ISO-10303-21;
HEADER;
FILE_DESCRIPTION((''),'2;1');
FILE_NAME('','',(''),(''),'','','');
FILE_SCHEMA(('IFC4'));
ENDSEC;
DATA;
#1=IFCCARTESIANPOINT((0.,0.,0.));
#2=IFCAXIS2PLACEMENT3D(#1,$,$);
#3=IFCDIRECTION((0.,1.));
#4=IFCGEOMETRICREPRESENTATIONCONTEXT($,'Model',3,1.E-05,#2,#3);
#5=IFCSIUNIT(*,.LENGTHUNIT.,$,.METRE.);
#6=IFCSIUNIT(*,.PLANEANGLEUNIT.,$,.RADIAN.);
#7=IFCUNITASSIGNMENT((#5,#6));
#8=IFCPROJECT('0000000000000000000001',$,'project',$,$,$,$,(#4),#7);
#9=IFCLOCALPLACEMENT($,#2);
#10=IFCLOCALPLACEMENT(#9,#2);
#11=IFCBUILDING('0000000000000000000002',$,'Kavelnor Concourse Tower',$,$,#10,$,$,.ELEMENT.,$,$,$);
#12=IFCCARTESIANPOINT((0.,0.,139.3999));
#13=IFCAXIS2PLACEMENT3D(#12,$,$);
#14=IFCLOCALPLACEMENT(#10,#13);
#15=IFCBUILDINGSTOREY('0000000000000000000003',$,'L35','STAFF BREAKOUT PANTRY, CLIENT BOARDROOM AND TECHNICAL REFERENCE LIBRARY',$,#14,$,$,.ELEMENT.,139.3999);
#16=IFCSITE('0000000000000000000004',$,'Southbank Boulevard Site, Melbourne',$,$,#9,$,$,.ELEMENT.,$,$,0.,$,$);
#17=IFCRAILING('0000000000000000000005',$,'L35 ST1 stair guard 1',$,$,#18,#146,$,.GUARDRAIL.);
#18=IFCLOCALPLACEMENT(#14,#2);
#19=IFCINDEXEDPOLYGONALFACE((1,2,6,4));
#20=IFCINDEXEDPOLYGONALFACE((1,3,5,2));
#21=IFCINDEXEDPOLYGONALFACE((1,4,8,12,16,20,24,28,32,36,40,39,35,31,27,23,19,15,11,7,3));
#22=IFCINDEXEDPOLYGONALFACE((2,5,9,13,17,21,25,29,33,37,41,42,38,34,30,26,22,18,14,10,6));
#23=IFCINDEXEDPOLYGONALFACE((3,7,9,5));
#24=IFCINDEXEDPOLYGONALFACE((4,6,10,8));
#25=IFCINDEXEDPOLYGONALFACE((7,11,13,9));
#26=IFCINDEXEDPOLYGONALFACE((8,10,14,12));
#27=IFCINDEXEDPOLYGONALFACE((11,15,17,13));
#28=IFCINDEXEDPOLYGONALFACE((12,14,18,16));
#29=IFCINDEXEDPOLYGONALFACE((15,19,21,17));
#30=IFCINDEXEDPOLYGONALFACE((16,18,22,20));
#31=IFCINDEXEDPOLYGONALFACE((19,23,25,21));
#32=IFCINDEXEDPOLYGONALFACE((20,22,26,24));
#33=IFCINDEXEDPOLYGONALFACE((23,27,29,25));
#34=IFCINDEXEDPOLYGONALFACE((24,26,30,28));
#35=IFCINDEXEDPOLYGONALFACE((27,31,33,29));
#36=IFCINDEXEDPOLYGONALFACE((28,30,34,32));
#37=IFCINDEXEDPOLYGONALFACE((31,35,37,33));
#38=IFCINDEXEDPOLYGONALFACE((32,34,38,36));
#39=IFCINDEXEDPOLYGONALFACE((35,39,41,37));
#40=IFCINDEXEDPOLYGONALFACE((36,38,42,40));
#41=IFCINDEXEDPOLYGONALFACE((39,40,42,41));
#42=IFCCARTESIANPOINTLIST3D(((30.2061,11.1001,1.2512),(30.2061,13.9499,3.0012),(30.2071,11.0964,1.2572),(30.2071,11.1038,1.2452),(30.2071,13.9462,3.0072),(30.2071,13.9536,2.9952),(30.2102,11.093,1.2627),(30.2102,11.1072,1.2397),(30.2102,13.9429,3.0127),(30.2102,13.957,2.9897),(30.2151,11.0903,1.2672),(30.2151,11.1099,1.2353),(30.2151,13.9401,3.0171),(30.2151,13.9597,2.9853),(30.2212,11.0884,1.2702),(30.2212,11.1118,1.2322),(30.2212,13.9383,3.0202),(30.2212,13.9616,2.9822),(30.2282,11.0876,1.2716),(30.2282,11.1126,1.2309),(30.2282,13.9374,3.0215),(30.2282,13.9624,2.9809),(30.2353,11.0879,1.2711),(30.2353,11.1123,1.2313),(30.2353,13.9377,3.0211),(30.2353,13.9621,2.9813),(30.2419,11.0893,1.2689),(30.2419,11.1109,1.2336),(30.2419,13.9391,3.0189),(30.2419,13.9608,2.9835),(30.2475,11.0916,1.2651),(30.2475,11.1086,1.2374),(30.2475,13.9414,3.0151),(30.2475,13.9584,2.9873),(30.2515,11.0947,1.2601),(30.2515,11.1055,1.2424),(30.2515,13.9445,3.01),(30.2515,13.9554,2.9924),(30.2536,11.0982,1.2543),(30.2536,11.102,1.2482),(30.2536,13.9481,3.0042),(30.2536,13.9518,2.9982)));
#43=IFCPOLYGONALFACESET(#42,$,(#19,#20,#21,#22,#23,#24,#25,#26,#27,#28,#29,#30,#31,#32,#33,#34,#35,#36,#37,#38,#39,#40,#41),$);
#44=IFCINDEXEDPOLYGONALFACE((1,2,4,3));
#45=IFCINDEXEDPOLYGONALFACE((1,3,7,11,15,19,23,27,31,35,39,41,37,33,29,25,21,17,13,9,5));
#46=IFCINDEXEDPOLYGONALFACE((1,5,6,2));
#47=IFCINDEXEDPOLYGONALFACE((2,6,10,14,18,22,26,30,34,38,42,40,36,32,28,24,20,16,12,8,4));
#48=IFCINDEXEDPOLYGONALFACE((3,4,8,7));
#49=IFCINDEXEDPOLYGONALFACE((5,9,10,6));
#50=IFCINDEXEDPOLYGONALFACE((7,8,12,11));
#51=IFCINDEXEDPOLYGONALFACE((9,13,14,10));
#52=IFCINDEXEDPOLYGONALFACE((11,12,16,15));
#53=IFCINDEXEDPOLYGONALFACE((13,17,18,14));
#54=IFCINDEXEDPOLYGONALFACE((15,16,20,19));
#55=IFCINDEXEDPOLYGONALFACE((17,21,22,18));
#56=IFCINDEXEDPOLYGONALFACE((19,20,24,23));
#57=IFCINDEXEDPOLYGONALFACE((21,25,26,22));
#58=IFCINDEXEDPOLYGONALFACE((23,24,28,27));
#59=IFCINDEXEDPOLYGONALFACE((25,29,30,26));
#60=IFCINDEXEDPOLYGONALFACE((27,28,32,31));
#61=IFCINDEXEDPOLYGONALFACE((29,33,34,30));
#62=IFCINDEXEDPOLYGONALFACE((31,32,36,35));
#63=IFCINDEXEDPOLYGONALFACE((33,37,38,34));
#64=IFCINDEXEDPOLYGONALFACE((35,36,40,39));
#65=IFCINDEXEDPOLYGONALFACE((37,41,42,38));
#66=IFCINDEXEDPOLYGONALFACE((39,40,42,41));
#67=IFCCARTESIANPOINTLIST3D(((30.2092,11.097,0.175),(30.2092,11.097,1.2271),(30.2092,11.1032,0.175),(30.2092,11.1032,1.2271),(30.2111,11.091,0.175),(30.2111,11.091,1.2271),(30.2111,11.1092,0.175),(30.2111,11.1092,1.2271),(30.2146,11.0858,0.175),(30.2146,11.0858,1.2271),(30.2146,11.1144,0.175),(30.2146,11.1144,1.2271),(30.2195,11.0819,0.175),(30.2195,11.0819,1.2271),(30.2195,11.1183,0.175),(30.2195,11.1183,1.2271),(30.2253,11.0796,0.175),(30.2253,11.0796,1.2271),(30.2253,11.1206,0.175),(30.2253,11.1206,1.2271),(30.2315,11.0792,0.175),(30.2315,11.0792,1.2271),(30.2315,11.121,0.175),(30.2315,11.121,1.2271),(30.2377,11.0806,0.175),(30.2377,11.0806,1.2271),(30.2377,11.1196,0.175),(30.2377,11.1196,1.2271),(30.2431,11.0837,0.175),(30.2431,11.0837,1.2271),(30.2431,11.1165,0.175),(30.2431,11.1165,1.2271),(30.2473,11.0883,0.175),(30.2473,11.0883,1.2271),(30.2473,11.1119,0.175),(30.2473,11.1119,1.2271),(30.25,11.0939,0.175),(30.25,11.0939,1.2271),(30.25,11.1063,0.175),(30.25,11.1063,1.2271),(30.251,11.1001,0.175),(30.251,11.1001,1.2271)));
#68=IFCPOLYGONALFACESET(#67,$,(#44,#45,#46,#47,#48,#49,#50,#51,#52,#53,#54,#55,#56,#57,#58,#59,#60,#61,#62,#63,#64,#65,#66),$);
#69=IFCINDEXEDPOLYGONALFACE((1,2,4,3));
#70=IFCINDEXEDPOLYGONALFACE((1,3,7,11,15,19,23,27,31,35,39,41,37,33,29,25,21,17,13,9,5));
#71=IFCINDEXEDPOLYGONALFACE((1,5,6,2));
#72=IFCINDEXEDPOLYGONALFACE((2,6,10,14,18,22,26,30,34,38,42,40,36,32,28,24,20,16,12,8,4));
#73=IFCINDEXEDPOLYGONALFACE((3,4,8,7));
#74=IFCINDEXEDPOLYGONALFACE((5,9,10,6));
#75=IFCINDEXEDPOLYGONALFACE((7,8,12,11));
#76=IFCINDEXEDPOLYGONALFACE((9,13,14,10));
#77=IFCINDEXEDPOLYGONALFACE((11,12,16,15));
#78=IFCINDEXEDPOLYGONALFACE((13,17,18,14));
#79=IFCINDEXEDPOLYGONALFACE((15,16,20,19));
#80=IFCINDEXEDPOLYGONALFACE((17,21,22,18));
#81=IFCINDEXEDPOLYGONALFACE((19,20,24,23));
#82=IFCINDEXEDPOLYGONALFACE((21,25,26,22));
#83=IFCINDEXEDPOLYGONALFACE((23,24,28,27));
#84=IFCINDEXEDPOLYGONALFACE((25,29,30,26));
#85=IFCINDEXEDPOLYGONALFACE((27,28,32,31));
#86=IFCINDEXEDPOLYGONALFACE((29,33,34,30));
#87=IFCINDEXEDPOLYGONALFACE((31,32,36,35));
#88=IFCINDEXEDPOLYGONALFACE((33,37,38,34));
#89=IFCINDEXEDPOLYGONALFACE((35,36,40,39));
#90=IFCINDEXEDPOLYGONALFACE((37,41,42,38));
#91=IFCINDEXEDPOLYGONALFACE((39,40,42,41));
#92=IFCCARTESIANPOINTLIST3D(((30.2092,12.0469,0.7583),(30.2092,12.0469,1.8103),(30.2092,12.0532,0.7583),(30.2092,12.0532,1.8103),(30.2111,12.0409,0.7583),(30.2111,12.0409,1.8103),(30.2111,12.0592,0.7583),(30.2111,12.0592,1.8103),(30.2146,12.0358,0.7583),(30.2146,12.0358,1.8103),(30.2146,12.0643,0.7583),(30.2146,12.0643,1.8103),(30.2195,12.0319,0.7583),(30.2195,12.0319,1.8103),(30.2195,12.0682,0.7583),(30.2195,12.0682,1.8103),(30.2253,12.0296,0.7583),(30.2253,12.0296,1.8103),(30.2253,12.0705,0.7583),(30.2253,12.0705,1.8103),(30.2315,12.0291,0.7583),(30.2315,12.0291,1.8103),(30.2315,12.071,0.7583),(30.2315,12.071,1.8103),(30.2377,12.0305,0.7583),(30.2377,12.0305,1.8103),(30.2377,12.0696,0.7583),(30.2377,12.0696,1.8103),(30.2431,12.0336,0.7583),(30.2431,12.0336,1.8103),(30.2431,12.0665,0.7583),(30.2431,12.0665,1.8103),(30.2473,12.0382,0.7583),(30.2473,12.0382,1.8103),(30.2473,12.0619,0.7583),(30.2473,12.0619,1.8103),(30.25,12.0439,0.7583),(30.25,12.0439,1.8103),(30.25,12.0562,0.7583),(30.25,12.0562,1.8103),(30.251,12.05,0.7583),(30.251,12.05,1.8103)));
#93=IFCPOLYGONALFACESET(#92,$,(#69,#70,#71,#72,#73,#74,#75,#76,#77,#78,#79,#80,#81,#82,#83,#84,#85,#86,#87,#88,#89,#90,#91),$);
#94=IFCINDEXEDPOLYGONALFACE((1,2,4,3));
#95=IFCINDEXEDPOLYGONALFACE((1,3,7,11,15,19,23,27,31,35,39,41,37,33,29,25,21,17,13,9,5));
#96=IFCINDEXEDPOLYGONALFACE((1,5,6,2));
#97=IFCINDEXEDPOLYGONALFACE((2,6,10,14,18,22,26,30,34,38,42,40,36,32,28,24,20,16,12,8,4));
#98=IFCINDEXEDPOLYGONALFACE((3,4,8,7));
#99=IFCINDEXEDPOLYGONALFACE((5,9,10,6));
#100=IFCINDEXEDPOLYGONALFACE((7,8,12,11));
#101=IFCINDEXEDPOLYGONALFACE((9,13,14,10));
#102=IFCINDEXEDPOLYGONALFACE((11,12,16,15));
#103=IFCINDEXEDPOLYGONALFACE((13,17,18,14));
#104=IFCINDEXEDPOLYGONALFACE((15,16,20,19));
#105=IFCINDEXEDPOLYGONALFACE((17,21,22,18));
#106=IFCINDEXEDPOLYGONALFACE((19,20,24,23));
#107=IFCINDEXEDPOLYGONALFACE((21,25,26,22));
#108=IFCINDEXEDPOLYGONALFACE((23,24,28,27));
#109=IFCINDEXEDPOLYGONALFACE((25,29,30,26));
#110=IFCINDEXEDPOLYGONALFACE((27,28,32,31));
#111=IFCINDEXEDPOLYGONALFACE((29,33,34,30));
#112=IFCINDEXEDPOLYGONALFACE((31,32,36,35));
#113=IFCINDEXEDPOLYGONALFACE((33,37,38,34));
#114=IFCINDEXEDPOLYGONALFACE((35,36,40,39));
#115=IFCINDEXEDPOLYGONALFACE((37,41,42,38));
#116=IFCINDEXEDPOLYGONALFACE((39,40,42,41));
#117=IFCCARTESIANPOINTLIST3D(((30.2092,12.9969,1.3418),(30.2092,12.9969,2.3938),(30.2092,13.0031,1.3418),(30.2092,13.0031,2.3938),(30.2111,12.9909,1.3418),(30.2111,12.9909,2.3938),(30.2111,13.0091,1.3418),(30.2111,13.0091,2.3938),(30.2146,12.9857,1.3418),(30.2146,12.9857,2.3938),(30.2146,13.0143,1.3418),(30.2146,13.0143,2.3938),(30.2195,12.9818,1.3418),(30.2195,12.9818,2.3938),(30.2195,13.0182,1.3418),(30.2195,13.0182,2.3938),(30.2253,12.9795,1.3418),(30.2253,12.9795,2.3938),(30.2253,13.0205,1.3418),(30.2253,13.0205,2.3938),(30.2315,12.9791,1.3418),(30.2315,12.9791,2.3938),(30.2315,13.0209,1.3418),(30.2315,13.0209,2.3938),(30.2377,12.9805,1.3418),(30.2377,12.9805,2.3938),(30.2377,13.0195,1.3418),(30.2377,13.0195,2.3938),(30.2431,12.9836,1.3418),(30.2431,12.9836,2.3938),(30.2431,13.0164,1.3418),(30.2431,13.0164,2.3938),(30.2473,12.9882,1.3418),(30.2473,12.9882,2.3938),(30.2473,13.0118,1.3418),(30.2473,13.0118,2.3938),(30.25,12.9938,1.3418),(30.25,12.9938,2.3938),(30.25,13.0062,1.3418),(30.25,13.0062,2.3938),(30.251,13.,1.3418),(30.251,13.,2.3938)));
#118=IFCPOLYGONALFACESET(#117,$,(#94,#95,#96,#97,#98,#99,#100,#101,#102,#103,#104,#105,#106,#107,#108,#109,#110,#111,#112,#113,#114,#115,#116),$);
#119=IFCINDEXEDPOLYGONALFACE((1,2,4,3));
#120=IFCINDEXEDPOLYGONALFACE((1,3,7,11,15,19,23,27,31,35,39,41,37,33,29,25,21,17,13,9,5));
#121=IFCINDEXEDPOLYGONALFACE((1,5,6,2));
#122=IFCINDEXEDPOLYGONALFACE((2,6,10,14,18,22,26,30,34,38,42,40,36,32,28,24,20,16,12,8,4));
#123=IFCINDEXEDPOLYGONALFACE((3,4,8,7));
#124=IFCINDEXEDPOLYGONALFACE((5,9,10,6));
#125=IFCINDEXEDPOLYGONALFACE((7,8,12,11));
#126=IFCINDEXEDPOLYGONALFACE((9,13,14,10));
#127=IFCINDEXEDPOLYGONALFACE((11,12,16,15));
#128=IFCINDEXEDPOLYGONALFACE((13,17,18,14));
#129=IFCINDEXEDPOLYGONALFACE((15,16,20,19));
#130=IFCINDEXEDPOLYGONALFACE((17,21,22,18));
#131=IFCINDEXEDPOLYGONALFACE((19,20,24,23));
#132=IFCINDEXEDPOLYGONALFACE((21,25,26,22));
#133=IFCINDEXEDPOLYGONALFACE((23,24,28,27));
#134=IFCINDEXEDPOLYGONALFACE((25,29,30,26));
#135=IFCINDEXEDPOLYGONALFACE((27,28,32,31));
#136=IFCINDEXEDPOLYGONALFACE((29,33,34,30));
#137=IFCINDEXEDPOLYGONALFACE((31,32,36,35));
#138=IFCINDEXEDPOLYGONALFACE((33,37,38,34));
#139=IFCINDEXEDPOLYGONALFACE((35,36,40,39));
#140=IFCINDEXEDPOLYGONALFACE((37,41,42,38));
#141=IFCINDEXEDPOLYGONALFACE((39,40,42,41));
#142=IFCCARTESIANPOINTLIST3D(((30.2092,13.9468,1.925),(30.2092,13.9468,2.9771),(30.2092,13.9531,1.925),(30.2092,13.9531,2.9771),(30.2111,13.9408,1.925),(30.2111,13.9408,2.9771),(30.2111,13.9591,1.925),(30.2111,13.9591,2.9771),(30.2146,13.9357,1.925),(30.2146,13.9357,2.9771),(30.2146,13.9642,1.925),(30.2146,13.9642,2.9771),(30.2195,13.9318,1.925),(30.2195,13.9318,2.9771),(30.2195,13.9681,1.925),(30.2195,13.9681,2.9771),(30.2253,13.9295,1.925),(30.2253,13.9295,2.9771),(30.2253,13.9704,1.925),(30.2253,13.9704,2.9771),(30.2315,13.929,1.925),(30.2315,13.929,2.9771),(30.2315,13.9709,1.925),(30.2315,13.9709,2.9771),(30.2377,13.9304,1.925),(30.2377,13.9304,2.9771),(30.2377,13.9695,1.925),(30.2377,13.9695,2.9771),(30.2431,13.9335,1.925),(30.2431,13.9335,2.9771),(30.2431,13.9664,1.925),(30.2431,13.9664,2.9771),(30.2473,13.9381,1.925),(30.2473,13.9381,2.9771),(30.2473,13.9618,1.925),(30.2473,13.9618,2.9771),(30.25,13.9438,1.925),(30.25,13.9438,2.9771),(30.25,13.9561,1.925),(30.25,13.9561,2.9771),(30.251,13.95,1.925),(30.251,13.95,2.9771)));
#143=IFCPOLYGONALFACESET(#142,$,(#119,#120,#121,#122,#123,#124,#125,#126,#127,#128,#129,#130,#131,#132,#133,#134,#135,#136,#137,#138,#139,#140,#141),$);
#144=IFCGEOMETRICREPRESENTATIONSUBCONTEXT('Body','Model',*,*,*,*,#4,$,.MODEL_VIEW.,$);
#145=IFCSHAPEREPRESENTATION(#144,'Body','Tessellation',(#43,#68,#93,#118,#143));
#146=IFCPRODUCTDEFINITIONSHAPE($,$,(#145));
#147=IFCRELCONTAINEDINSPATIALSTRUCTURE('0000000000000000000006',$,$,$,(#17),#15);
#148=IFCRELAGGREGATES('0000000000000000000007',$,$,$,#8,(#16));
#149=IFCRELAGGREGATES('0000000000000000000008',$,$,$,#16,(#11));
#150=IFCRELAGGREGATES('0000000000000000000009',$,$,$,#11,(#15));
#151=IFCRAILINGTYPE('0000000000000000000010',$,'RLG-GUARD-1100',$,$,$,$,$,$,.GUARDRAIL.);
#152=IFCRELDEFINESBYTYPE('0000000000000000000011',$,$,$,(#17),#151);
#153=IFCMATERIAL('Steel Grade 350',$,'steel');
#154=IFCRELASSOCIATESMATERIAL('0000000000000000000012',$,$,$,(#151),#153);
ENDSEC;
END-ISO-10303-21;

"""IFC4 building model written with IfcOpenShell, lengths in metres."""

from ifc_helpers import new_model, si_unit, direction, frame, origin, origin_2d, place, context, subcontext, project, spatial, circle, extrude, material, type_object, element, save


model = new_model("IFC4")

# Units and contexts
model_context = context("Model", 3, precision=1e-05, world=origin(), true_north=direction((0.0, 1.0)))
body_context = subcontext(model_context, "Body", "Model", "MODEL_VIEW")
ifc_project = project(units=[si_unit("LENGTHUNIT", "METRE"), si_unit("PLANEANGLEUNIT", "RADIAN")], contexts=[model_context])

# Site, building, storey
site_placement = place(None, origin())
site = spatial("IfcSite", under=ifc_project, at=site_placement, Name="Southbank Boulevard Site, Melbourne", CompositionType="ELEMENT", RefElevation=0.0)
building_placement = place(site_placement, origin())
building = spatial("IfcBuilding", under=site, at=building_placement, Name="Kavelnor Concourse Tower", CompositionType="ELEMENT")
storey_placement = place(building_placement, frame((0.0, 0.0, 139.3999)))
storey = spatial("IfcBuildingStorey", under=building, at=storey_placement, Name="L35", Description="STAFF BREAKOUT PANTRY, CLIENT BOARDROOM AND TECHNICAL REFERENCE LIBRARY", CompositionType="ELEMENT", Elevation=139.3999)

# Shared definitions
ifc_material_1 = material(Name="Steel Grade 350", Category="steel")

# Railing
railing_type_1 = type_object("IfcRailingType", Name="RLG-GUARD-1100", PredefinedType="GUARDRAIL", material=ifc_material_1)
railing_1_placement = place(storey_placement, frame((30.23, 11.1001, 0.175)))
element("IfcRailing", 1, at=railing_1_placement, inside=storey, type_object=railing_type_1, Name="L35 ST1 stair guard 1", PredefinedType="GUARDRAIL", context=body_context, shape_type="SweptSolid", body=[
    extrude(circle(Radius=0.0239, at=origin_2d()), frame((0.0, 0.0, 1.0762), z_axis=(0.0, 0.852159, 0.523283), x_axis=(-1.0, 0.0, 0.0)), (0.0, 0.0, 1.0), 3.3442),
    extrude(circle(Radius=0.021, at=origin_2d()), origin(), (0.0, 0.0, 1.0), 1.052),
    extrude(circle(Radius=0.021, at=origin_2d()), frame((0.0, 0.95, 0.5833)), (0.0, 0.0, 1.0), 1.052),
    extrude(circle(Radius=0.021, at=origin_2d()), frame((0.0, 1.8999, 1.1667)), (0.0, 0.0, 1.0), 1.052),
    extrude(circle(Radius=0.021, at=origin_2d()), frame((0.0, 2.8499, 1.75)), (0.0, 0.0, 1.0), 1.052),
])

save(model, "model.ifc")
